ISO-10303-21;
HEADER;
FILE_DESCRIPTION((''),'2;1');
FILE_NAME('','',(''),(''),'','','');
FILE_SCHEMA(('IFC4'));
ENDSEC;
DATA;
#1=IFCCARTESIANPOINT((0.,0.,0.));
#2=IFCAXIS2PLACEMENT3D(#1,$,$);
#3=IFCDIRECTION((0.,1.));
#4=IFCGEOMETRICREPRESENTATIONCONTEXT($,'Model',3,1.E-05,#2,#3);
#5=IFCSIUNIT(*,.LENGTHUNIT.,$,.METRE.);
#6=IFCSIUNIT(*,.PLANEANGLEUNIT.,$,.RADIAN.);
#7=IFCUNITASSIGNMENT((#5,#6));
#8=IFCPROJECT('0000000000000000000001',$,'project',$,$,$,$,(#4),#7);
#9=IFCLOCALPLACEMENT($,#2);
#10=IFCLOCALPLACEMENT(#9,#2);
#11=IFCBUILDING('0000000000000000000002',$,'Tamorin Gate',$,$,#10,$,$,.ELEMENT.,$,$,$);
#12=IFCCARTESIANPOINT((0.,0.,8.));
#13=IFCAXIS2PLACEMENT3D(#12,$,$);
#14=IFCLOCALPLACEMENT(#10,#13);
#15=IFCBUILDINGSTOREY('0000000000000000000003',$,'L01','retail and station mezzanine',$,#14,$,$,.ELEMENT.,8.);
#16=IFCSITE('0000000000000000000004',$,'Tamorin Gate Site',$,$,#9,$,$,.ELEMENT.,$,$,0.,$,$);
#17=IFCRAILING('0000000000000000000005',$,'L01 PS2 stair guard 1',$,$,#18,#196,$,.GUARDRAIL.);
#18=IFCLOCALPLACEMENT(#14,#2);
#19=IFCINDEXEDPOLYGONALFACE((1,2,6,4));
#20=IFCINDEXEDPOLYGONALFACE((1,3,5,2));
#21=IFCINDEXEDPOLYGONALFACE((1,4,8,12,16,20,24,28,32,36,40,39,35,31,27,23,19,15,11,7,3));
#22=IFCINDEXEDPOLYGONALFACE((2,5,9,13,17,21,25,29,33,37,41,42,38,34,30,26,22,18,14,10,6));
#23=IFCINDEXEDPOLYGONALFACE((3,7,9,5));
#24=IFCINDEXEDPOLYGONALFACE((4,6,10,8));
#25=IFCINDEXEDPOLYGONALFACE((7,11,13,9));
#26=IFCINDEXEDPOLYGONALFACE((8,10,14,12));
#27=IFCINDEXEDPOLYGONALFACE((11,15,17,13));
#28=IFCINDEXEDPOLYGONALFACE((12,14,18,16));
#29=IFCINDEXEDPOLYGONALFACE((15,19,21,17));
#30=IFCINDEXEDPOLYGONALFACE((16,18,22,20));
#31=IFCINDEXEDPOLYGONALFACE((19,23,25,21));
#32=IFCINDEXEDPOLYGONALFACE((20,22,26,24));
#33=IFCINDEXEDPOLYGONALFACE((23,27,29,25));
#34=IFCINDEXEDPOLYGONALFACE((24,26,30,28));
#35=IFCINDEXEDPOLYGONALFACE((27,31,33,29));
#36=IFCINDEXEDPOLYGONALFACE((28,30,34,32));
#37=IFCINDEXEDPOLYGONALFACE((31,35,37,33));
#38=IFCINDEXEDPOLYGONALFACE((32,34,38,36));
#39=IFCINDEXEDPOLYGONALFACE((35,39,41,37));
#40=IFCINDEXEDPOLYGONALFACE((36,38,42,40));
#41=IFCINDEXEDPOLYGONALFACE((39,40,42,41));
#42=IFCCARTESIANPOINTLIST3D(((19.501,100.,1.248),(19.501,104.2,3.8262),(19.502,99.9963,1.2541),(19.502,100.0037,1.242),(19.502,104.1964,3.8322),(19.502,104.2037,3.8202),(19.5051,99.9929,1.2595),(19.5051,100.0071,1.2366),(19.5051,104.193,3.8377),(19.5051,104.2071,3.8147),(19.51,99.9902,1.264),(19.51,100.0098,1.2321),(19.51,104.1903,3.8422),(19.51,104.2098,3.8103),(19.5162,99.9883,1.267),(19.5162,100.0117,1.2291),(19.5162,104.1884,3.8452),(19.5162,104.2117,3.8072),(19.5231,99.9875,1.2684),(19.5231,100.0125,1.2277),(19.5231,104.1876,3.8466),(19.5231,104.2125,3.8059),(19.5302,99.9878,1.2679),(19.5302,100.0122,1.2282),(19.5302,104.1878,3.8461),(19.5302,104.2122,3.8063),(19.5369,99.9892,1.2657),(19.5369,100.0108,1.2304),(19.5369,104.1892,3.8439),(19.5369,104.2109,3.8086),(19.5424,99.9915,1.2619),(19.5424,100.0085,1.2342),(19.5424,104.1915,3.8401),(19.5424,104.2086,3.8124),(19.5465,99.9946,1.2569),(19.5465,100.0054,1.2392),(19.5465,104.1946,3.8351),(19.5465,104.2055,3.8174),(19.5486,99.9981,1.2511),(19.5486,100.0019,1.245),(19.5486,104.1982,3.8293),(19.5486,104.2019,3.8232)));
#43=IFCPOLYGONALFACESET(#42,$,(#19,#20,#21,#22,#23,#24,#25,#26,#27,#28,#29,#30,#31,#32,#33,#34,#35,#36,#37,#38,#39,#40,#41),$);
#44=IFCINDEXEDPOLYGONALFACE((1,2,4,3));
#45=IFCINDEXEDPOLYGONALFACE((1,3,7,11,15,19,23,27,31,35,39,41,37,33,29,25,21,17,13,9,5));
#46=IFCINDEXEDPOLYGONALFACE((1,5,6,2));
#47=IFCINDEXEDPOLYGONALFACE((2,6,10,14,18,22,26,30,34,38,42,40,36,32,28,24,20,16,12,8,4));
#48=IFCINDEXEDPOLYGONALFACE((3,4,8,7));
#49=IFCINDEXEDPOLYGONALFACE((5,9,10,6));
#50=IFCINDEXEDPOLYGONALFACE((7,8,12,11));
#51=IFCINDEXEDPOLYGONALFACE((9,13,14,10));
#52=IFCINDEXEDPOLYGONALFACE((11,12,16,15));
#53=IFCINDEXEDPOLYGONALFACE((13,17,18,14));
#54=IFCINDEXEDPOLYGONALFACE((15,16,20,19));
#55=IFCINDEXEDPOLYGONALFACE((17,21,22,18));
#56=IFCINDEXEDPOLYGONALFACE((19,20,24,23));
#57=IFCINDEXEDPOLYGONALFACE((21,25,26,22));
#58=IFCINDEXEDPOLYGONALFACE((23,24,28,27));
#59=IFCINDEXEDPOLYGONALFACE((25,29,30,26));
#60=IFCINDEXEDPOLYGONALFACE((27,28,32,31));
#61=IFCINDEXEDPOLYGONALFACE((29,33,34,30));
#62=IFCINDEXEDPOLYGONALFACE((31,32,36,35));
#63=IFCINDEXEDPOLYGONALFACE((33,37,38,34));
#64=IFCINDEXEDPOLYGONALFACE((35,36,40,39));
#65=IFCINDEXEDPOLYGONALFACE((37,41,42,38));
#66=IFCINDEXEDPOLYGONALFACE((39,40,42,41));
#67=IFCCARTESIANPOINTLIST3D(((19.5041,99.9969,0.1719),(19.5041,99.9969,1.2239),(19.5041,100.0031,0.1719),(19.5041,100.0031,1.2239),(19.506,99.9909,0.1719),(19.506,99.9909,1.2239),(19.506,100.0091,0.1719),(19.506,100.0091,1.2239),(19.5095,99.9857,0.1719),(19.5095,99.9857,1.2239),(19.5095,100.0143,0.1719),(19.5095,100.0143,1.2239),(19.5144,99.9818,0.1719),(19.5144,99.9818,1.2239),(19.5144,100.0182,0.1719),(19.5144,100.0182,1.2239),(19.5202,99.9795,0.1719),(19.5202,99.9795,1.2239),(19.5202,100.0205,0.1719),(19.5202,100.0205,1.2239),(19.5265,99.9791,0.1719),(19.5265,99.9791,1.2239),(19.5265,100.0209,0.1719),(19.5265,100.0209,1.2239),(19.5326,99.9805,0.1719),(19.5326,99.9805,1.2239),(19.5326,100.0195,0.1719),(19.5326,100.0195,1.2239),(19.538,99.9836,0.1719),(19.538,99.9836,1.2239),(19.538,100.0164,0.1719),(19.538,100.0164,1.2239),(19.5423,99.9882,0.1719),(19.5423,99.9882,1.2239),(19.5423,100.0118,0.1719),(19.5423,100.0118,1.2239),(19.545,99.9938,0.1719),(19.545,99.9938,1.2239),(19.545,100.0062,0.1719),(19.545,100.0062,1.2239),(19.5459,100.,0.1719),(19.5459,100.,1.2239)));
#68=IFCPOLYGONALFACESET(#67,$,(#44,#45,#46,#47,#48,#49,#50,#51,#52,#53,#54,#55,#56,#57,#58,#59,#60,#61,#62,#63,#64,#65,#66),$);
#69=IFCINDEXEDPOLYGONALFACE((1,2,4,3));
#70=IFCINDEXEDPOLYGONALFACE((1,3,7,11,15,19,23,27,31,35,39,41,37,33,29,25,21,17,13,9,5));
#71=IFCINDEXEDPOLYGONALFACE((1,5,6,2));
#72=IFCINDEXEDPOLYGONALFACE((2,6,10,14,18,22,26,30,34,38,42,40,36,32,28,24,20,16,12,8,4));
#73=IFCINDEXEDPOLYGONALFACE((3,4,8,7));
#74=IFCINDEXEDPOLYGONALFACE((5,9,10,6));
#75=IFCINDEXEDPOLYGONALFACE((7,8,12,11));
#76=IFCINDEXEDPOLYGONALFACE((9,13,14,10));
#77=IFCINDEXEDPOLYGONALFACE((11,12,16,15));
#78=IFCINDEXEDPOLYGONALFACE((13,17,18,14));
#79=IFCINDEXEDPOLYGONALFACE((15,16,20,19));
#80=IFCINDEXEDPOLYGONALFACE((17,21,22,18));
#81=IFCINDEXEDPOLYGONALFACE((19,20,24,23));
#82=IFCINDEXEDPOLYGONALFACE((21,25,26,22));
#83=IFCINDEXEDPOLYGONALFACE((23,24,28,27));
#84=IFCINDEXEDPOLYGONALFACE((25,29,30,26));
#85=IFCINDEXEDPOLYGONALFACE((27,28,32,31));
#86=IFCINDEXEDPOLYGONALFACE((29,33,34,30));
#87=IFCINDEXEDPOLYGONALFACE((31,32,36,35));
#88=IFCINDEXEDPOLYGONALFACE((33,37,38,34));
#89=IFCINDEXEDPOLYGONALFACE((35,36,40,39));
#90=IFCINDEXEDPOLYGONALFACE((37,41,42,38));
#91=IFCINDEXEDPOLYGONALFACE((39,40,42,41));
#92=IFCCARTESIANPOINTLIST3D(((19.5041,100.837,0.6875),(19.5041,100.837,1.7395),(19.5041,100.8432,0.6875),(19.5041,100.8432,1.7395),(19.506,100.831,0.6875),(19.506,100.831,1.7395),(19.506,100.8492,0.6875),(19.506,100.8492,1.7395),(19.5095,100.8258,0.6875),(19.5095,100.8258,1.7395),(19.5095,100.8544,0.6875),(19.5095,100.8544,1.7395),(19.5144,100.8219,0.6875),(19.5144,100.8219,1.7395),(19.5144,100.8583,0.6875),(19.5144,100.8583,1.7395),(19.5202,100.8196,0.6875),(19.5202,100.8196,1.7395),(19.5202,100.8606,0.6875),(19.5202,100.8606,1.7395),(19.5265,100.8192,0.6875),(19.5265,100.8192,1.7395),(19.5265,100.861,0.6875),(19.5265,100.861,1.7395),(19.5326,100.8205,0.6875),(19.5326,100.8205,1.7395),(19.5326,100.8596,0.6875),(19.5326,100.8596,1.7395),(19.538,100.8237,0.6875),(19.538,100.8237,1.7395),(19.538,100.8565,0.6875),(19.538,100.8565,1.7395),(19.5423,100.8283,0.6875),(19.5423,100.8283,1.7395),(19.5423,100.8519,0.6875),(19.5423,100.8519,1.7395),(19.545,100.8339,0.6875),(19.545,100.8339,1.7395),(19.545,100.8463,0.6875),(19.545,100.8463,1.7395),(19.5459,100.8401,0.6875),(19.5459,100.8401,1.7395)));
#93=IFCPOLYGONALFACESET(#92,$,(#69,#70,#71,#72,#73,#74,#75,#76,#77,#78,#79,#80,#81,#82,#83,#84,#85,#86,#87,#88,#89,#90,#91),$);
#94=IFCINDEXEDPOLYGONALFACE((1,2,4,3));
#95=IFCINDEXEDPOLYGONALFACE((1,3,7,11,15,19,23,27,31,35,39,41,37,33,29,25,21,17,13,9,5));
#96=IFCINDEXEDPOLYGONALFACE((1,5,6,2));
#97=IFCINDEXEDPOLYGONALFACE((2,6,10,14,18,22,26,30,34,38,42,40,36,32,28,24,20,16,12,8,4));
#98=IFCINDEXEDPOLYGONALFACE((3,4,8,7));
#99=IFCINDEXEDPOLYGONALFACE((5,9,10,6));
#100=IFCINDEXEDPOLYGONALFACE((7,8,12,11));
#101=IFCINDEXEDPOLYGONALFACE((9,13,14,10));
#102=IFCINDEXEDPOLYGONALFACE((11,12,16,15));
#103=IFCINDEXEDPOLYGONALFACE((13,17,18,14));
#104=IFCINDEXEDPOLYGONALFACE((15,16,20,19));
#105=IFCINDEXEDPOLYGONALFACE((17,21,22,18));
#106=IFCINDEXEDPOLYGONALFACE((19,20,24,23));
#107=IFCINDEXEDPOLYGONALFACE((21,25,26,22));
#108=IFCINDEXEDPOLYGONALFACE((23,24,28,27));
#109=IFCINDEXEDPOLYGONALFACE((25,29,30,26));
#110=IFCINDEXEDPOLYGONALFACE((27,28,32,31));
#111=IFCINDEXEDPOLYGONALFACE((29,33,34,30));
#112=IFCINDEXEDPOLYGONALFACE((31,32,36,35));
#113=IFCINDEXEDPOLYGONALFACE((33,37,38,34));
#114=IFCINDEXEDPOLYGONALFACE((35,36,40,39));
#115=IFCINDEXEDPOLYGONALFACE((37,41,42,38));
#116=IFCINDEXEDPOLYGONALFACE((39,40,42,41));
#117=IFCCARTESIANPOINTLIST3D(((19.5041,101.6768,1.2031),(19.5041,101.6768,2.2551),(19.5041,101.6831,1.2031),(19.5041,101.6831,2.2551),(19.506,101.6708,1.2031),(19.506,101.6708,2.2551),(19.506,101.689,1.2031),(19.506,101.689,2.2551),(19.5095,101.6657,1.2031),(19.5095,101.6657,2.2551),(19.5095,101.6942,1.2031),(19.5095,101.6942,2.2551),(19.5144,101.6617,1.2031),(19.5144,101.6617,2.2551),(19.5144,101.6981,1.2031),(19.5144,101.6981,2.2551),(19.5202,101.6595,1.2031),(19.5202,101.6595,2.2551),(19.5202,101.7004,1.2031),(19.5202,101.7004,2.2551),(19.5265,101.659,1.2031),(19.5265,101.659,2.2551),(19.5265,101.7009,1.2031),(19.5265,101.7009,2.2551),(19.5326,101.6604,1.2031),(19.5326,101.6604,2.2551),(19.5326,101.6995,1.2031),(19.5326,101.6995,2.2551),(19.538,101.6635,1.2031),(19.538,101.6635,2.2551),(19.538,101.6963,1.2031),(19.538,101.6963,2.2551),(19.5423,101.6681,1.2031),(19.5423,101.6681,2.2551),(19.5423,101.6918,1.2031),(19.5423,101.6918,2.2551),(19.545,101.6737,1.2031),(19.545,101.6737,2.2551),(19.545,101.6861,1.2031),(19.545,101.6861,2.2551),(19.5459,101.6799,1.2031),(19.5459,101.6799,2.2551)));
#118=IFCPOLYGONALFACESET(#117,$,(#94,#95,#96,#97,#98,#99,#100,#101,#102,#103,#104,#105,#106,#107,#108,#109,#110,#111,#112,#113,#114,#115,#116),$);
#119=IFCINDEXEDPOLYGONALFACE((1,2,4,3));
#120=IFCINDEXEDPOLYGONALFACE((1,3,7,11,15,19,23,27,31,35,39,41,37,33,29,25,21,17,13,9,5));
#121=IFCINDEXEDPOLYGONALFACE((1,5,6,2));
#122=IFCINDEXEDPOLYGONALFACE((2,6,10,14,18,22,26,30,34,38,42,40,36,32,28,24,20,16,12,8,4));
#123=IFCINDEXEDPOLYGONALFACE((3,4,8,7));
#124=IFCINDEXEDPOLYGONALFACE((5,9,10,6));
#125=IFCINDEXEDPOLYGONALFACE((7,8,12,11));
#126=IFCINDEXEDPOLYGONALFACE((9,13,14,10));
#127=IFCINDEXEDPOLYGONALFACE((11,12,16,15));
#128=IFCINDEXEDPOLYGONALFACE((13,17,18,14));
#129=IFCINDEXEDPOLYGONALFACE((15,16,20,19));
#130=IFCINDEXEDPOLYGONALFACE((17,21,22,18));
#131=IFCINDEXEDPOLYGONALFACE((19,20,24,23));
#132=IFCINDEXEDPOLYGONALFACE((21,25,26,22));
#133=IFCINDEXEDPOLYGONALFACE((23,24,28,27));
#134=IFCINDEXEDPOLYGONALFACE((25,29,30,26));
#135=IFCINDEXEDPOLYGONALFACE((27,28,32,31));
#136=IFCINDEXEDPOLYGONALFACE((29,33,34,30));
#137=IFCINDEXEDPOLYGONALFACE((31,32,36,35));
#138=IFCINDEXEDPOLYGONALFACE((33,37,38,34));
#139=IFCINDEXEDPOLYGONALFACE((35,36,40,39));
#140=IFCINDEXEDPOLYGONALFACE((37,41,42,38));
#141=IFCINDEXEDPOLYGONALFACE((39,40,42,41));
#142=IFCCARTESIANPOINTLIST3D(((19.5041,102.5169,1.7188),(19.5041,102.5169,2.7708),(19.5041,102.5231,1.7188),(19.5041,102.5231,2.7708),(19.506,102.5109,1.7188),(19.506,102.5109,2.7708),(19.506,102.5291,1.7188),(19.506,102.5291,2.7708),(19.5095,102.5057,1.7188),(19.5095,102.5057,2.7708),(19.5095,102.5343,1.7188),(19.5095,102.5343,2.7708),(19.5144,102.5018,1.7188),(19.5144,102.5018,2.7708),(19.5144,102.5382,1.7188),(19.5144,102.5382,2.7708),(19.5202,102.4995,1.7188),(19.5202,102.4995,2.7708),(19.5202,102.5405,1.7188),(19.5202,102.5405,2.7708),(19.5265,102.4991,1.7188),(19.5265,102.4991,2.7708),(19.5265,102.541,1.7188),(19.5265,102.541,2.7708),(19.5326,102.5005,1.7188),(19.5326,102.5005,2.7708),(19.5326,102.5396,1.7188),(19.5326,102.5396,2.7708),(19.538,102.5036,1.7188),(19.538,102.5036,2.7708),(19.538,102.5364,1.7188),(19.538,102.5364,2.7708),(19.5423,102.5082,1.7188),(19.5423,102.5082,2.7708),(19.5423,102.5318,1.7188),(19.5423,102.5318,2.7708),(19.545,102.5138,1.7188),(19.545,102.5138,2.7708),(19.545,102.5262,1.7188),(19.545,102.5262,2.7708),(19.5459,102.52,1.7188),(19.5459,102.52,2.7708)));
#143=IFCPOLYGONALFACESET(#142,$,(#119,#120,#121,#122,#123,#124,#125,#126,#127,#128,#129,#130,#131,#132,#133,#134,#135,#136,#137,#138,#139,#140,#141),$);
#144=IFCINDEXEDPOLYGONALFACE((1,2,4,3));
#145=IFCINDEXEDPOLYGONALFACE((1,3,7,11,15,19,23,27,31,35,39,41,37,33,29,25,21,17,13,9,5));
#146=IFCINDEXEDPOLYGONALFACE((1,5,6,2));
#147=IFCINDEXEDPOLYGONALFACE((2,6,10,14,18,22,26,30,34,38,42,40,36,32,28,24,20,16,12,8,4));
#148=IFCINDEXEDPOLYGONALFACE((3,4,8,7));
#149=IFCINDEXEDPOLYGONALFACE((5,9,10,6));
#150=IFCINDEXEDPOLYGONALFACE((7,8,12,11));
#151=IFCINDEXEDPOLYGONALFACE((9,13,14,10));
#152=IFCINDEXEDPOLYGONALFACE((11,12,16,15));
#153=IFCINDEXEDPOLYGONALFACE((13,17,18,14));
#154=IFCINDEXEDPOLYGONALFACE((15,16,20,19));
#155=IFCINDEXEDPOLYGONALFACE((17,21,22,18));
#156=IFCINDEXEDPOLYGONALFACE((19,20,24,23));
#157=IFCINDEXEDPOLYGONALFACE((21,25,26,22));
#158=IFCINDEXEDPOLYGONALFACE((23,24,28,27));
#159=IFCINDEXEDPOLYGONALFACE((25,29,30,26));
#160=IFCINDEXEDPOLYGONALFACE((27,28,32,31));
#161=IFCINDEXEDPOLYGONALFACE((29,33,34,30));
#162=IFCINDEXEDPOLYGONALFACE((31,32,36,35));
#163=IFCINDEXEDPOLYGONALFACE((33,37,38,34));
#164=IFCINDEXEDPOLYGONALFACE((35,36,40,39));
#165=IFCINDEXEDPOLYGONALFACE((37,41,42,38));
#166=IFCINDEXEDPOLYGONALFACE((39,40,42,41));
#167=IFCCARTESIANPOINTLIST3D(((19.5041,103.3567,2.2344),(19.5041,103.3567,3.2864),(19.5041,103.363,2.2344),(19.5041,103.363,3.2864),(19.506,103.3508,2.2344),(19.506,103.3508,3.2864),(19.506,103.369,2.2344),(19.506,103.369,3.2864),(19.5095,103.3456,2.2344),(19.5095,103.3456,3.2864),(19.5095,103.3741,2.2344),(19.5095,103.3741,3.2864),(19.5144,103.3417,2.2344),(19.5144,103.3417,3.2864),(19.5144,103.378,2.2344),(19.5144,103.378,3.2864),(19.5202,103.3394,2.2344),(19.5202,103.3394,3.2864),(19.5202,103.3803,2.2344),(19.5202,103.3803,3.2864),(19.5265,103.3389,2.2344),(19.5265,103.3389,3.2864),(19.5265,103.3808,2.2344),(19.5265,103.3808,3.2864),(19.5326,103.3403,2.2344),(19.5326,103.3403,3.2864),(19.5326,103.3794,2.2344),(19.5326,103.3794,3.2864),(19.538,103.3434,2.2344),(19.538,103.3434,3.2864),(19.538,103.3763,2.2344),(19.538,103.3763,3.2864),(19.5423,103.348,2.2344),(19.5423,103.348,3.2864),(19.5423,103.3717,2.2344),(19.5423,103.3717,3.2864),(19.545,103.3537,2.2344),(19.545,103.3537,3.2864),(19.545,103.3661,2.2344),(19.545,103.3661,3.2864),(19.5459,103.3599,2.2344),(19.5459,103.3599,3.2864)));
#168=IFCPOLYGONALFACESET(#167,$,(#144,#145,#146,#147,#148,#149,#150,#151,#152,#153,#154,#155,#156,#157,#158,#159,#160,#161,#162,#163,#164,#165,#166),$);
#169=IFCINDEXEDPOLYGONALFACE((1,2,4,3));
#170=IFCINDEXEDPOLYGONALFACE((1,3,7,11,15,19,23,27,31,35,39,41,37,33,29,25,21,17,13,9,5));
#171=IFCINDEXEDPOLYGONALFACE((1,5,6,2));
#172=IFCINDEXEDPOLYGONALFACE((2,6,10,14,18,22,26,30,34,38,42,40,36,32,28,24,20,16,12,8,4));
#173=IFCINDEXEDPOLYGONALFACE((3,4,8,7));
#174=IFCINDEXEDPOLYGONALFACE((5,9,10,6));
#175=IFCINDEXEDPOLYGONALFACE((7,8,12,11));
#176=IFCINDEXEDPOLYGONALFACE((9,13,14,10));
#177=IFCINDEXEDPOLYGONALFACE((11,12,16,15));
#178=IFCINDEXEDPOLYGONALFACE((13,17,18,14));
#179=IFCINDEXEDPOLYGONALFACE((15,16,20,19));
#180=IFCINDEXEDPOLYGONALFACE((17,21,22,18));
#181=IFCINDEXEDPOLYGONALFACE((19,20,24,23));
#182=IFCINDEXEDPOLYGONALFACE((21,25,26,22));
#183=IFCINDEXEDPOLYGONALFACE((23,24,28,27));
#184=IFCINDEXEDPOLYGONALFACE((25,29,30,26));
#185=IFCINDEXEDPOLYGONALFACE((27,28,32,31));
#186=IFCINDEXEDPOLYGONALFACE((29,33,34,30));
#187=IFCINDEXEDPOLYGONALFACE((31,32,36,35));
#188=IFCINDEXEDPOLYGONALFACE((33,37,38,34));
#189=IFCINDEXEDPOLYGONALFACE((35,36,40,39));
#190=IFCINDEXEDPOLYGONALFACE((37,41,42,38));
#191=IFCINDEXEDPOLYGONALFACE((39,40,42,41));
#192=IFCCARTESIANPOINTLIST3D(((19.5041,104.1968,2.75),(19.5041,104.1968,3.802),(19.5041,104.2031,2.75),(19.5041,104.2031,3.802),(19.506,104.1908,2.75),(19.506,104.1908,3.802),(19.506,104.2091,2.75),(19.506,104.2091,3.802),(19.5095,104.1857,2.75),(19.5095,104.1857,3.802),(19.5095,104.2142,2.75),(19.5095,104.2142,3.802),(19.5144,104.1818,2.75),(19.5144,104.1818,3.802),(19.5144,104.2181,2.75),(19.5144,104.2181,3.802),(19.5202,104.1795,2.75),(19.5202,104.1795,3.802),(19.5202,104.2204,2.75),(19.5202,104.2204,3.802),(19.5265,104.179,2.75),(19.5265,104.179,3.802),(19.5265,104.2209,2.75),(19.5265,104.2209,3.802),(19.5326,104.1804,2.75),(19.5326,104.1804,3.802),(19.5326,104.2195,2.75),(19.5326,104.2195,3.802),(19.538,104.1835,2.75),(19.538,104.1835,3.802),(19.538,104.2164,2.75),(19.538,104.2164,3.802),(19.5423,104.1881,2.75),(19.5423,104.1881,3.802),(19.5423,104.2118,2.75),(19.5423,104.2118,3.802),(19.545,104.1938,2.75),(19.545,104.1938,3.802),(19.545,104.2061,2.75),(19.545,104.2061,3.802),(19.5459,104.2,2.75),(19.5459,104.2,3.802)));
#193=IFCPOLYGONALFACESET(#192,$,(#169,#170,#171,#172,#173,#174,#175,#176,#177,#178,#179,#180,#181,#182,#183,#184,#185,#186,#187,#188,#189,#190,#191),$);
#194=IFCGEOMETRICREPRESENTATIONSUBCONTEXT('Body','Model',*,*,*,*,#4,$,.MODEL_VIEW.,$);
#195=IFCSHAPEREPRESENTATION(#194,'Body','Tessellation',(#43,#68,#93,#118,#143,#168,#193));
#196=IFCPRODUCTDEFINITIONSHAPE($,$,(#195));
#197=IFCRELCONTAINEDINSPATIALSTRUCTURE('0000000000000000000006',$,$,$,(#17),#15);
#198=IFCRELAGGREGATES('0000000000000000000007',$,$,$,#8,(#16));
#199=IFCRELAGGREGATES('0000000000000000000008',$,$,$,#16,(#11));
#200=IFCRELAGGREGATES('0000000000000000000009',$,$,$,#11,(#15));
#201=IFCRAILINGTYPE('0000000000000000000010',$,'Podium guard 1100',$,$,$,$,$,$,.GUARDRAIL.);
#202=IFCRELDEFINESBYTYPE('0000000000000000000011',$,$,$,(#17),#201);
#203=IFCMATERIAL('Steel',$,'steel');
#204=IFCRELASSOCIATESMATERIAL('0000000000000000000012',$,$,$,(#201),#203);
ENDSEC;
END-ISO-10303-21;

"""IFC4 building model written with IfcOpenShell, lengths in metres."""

from ifc_helpers import new_model, si_unit, direction, frame, origin, origin_2d, place, context, subcontext, project, spatial, circle, extrude, material, type_object, element, save


model = new_model("IFC4")

# Units and contexts
model_context = context("Model", 3, precision=1e-05, world=origin(), true_north=direction((0.0, 1.0)))
body_context = subcontext(model_context, "Body", "Model", "MODEL_VIEW")
ifc_project = project(units=[si_unit("LENGTHUNIT", "METRE"), si_unit("PLANEANGLEUNIT", "RADIAN")], contexts=[model_context])

# Site, building, storey
site_placement = place(None, origin())
site = spatial("IfcSite", under=ifc_project, at=site_placement, Name="Tamorin Gate Site", CompositionType="ELEMENT", RefElevation=0.0)
building_placement = place(site_placement, origin())
building = spatial("IfcBuilding", under=site, at=building_placement, Name="Tamorin Gate", CompositionType="ELEMENT")
storey_placement = place(building_placement, frame((0.0, 0.0, 8.0)))
storey = spatial("IfcBuildingStorey", under=building, at=storey_placement, Name="L01", Description="retail and station mezzanine", CompositionType="ELEMENT", Elevation=8.0)

# Railing
ifc_material_1 = material(Name="Steel", Category="steel")
railing_type_1 = type_object("IfcRailingType", Name="Podium guard 1100", PredefinedType="GUARDRAIL", material=ifc_material_1)
railing_1_placement = place(storey_placement, frame((19.5249, 100.0, 0.1719)))
element("IfcRailing", 1, at=railing_1_placement, inside=storey, type_object=railing_type_1, Name="L01 PS2 stair guard 1", PredefinedType="GUARDRAIL", context=body_context, shape_type="SweptSolid", body=[
    extrude(circle(Radius=0.0239, at=origin_2d()), frame((0.0, 0.0, 1.0762), z_axis=(0.0, 0.852243, 0.523146), x_axis=(-1.0, 0.0, 0.0)), (0.0, 0.0, 1.0), 4.9282),
    extrude(circle(Radius=0.021, at=origin_2d()), origin(), (0.0, 0.0, 1.0), 1.052),
    extrude(circle(Radius=0.021, at=origin_2d()), frame((0.0, 0.8401, 0.5156)), (0.0, 0.0, 1.0), 1.052),
    extrude(circle(Radius=0.021, at=origin_2d()), frame((0.0, 1.6799, 1.0312)), (0.0, 0.0, 1.0), 1.052),
    extrude(circle(Radius=0.021, at=origin_2d()), frame((0.0, 2.52, 1.5469)), (0.0, 0.0, 1.0), 1.052),
    extrude(circle(Radius=0.021, at=origin_2d()), frame((0.0, 3.3599, 2.0625)), (0.0, 0.0, 1.0), 1.052),
    extrude(circle(Radius=0.021, at=origin_2d()), frame((0.0, 4.2, 2.5781)), (0.0, 0.0, 1.0), 1.052),
])

save(model, "model.ifc")
